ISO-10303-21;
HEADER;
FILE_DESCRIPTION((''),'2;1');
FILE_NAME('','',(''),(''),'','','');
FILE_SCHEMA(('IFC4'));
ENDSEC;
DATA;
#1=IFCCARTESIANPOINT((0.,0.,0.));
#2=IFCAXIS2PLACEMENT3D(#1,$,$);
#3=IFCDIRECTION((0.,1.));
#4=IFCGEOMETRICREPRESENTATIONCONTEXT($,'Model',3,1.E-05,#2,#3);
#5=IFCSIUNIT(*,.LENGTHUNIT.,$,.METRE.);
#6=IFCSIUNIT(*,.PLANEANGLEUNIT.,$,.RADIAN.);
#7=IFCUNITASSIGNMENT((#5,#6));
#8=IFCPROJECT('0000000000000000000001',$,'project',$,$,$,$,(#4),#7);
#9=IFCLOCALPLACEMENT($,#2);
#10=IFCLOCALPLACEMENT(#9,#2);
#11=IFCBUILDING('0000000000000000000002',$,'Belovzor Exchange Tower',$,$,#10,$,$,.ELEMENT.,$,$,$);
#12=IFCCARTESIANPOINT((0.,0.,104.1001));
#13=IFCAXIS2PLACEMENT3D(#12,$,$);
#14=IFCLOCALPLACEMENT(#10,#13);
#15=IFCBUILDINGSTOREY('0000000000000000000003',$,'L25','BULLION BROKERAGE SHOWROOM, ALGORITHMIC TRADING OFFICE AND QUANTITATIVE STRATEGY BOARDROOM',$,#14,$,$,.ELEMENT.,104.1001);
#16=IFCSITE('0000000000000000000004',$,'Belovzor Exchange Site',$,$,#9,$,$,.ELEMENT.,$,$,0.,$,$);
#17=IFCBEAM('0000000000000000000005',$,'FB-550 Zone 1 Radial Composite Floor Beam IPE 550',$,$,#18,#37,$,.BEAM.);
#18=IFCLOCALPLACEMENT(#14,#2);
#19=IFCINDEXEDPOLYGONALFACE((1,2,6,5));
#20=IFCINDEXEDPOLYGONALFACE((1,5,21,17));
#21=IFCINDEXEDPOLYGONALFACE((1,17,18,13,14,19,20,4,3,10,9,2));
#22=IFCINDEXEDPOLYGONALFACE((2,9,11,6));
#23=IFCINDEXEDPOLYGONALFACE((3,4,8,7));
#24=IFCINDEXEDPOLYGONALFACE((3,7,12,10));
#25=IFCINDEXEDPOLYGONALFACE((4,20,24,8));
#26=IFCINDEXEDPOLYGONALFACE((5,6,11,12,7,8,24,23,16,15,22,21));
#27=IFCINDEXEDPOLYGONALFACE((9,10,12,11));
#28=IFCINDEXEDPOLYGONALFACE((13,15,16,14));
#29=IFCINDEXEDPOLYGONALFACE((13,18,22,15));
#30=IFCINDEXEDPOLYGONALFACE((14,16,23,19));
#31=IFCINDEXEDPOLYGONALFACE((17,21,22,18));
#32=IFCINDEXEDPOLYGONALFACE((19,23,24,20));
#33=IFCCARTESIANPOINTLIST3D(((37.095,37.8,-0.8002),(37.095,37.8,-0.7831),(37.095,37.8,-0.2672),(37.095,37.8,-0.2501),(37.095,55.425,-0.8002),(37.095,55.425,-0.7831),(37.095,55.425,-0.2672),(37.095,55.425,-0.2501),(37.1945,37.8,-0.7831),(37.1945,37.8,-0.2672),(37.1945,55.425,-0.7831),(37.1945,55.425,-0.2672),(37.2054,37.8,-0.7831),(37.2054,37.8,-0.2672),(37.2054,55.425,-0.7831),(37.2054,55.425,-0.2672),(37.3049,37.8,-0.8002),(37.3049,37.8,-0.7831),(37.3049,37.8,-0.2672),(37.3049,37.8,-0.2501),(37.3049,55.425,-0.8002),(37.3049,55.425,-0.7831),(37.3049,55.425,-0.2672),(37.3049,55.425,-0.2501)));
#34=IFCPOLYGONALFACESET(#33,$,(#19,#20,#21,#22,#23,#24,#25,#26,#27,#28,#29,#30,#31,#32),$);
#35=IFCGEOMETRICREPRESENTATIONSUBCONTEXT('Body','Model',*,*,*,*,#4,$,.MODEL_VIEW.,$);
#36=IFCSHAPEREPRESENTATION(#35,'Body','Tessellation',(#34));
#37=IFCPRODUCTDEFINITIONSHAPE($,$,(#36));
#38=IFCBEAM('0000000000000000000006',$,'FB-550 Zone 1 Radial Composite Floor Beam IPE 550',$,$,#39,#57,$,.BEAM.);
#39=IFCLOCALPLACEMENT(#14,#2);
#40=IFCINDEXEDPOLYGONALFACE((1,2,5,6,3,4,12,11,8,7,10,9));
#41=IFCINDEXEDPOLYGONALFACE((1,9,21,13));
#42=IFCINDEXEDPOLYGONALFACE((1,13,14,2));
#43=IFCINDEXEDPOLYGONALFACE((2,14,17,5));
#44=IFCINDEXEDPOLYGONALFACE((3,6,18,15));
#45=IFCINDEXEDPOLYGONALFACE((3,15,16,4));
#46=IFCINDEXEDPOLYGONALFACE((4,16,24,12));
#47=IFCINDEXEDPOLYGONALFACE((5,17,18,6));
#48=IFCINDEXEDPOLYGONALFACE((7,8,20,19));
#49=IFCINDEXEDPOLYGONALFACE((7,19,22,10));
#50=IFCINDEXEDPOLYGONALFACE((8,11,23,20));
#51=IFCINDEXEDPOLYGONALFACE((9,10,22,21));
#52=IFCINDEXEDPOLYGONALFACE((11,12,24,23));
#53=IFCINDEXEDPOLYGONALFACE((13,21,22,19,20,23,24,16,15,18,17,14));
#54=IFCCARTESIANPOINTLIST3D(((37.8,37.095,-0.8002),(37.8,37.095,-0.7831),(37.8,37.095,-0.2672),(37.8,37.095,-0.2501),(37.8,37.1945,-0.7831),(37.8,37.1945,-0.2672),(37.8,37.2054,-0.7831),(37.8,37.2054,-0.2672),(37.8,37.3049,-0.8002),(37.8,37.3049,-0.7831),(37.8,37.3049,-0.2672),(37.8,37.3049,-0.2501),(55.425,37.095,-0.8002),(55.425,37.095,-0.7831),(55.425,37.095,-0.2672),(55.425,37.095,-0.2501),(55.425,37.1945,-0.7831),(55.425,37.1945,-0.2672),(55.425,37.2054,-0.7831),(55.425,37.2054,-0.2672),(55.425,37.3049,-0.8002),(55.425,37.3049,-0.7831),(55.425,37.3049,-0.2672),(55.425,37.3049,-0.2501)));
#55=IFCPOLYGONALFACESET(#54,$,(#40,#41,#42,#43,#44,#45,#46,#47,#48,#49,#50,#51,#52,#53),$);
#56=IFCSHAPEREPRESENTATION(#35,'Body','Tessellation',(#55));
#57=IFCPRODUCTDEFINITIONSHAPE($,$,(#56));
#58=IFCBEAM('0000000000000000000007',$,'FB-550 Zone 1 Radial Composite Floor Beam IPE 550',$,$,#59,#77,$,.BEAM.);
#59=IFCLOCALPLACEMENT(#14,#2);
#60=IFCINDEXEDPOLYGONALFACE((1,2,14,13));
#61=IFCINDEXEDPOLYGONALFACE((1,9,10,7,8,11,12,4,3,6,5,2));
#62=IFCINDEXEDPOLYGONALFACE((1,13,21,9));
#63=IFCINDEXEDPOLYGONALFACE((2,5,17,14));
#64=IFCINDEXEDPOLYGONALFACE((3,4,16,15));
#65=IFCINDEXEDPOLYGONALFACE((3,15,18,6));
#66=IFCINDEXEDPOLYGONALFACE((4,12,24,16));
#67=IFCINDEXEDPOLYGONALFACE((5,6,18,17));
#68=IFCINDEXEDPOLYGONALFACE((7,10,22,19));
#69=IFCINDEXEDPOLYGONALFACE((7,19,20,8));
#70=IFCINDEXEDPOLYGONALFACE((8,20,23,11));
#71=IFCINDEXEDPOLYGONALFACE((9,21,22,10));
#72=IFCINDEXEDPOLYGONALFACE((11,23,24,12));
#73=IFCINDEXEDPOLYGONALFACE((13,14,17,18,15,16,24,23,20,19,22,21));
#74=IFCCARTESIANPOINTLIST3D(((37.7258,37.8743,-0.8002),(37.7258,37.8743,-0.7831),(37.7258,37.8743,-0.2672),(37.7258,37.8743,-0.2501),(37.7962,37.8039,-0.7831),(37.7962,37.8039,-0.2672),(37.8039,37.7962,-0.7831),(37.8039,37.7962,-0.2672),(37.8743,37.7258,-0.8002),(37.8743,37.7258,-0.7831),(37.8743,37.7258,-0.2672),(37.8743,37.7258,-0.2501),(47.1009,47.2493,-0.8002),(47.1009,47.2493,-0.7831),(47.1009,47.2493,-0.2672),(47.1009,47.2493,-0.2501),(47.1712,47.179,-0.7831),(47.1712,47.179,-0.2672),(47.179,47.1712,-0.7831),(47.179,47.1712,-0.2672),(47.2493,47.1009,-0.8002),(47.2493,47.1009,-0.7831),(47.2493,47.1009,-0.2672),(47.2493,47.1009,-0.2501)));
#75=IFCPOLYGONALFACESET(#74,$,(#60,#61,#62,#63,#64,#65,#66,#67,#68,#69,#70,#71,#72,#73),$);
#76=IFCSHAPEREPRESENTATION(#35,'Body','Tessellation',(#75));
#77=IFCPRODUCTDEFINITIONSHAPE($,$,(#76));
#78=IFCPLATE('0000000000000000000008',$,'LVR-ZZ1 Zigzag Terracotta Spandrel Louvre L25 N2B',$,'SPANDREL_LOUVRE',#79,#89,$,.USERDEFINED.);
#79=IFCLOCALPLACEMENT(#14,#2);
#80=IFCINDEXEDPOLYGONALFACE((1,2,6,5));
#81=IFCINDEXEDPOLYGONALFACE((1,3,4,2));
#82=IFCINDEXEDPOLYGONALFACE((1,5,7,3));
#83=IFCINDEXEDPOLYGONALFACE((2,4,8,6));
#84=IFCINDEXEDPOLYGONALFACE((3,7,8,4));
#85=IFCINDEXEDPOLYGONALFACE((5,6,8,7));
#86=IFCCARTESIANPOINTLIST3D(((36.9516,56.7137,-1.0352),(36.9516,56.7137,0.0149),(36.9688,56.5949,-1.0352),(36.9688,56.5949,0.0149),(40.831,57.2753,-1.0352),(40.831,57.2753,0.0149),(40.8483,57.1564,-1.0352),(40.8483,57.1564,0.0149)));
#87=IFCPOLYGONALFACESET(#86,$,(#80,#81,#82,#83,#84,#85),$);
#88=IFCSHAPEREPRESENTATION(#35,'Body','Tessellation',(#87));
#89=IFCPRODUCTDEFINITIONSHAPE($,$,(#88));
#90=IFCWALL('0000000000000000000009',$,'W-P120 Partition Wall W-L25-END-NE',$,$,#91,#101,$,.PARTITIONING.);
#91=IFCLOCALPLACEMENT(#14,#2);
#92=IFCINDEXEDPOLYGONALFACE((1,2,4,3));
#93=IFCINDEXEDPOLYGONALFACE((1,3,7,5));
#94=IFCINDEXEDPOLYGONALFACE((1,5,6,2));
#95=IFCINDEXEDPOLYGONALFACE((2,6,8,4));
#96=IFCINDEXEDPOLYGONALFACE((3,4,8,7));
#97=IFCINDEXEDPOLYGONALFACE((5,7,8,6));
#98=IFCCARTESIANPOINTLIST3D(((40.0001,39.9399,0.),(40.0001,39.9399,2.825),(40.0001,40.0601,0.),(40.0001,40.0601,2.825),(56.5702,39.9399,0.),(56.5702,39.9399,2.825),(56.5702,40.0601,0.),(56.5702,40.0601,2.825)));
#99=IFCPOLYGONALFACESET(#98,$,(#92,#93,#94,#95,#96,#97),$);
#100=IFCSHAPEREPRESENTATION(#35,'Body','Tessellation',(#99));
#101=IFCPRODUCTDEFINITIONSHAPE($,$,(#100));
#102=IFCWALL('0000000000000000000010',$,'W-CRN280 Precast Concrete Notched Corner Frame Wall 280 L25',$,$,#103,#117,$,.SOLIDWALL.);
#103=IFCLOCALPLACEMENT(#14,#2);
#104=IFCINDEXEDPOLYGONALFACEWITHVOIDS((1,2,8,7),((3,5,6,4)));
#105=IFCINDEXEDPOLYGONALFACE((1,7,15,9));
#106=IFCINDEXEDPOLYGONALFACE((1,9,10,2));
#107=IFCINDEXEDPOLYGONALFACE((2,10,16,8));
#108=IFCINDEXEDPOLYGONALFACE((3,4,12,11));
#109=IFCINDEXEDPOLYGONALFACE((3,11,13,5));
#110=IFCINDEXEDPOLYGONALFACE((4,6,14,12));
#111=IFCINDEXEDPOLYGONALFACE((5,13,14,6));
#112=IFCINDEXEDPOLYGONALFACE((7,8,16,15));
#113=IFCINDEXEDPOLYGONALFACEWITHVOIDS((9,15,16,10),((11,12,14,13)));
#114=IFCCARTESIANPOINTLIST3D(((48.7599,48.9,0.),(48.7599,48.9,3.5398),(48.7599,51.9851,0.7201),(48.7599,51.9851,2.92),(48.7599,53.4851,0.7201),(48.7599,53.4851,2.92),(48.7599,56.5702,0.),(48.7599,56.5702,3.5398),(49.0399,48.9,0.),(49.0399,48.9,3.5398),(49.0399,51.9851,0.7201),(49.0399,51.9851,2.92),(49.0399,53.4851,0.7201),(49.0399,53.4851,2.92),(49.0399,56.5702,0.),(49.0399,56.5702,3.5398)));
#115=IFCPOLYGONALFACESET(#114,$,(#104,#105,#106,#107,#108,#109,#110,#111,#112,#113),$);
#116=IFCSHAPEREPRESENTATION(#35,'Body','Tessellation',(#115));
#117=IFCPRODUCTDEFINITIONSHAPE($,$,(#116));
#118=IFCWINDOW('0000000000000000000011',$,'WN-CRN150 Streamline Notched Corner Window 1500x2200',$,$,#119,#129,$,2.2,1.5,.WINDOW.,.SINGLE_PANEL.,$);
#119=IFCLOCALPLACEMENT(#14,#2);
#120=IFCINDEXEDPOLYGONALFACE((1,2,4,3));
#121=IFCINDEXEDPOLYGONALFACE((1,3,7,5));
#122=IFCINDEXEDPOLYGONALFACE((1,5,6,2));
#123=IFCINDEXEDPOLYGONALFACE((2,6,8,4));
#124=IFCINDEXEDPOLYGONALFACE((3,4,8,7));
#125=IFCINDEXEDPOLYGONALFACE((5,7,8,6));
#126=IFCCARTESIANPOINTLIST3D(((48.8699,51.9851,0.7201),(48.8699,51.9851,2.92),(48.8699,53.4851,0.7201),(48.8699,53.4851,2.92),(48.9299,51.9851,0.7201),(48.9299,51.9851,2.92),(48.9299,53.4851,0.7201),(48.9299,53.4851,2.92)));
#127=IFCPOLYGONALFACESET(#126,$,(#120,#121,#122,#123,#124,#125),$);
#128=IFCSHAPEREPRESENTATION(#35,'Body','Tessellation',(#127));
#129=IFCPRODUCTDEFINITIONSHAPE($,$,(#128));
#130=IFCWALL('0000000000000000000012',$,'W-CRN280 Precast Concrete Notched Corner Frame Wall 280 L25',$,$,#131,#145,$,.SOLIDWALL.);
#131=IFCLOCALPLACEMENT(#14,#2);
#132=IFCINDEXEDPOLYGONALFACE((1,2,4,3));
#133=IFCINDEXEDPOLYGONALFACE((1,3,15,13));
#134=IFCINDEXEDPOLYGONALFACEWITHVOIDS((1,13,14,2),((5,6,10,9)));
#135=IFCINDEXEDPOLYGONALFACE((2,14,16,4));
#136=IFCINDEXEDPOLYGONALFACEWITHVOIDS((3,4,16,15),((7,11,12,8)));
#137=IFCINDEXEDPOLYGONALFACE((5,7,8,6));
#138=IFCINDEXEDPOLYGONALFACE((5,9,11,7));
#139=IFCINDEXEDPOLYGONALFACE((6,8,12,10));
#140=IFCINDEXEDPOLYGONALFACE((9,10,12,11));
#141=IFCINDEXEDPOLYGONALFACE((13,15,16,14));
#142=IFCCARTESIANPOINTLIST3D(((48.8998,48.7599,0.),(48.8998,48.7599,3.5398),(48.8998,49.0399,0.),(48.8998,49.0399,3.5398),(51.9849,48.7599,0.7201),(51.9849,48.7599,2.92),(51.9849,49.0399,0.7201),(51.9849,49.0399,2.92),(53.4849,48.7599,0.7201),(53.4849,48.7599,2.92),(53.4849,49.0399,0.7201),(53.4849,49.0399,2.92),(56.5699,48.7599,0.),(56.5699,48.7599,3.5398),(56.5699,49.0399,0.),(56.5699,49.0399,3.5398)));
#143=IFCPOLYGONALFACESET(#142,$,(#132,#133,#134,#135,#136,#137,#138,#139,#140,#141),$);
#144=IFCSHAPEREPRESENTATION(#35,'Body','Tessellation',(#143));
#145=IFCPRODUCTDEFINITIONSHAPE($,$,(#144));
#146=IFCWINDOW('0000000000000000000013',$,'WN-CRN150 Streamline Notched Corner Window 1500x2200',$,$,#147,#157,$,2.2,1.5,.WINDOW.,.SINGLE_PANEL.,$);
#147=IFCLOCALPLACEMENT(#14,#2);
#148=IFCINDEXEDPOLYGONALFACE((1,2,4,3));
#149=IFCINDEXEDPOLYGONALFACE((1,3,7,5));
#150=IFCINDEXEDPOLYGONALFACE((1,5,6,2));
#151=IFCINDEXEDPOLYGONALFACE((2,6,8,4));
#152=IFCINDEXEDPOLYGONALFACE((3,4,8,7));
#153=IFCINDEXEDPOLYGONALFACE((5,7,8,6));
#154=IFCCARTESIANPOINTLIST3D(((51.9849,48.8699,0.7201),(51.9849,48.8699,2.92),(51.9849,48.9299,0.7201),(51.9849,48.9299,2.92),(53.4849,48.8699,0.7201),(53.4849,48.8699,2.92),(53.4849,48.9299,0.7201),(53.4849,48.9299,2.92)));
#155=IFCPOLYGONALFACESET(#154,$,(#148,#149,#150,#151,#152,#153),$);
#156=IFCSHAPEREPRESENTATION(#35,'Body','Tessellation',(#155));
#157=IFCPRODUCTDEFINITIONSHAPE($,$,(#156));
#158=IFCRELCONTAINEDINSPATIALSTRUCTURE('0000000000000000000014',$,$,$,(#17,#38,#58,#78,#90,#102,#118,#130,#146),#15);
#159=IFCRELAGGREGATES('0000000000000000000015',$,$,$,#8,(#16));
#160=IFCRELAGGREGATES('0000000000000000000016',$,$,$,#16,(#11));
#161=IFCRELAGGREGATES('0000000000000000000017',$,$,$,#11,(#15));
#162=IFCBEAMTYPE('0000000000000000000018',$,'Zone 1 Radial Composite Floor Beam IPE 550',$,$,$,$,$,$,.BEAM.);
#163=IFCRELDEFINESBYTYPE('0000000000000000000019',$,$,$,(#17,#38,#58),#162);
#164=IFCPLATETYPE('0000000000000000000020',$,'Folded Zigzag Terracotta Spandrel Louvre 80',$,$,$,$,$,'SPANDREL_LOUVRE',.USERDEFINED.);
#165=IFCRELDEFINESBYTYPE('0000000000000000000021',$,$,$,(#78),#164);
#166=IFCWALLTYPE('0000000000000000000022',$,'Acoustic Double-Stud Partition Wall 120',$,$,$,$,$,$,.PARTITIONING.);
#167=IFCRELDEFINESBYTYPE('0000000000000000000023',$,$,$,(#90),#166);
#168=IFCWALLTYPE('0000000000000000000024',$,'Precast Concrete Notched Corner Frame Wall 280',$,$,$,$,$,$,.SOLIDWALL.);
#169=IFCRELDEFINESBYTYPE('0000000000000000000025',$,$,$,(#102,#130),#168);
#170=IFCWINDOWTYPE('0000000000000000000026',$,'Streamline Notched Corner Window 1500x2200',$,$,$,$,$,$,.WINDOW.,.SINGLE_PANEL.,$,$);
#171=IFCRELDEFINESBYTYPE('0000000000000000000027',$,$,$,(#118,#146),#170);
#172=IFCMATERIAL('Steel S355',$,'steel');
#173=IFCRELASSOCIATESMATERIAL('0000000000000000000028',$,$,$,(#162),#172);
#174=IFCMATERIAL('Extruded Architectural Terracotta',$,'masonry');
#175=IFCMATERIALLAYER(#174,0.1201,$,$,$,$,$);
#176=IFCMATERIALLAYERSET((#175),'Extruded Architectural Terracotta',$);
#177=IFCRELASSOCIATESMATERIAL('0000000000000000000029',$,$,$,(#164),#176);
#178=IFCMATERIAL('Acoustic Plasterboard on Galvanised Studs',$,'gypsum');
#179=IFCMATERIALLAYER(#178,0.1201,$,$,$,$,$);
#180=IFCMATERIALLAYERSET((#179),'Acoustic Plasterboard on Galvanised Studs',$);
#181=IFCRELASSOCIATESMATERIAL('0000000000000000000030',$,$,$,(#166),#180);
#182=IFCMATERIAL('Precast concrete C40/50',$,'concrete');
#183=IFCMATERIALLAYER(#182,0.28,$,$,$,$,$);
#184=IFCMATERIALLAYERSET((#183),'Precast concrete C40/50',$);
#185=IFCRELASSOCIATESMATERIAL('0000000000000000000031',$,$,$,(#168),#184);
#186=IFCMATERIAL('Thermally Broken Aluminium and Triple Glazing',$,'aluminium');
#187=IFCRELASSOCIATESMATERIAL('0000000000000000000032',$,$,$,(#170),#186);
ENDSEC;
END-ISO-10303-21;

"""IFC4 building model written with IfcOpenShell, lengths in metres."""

from ifc_helpers import new_model, si_unit, direction, frame, frame_2d, origin, origin_2d, place, context, subcontext, project, spatial, rectangle, i_section, extrude, material, layer, layer_set, material_profile, profile_set, type_object, element, fill, save


model = new_model("IFC4")

# Units and contexts
model_context = context("Model", 3, precision=1e-05, world=origin(), true_north=direction((0.0, 1.0)))
body_context = subcontext(model_context, "Body", "Model", "MODEL_VIEW")
ifc_project = project(units=[si_unit("LENGTHUNIT", "METRE"), si_unit("PLANEANGLEUNIT", "RADIAN")], contexts=[model_context])

# Site, building, storey
site_placement = place(None, origin())
site = spatial("IfcSite", under=ifc_project, at=site_placement, Name="Belovzor Exchange Site", CompositionType="ELEMENT", RefElevation=0.0)
building_placement = place(site_placement, origin())
building = spatial("IfcBuilding", under=site, at=building_placement, Name="Belovzor Exchange Tower", CompositionType="ELEMENT")
storey_placement = place(building_placement, frame((0.0, 0.0, 104.1001)))
storey = spatial("IfcBuildingStorey", under=building, at=storey_placement, Name="L25", Description="BULLION BROKERAGE SHOWROOM, ALGORITHMIC TRADING OFFICE AND QUANTITATIVE STRATEGY BOARDROOM", CompositionType="ELEMENT", Elevation=104.1001)

# Beams
ifc_material_1 = material(Name="Steel S355", Category="steel")
ifc_material_profile_1 = material_profile(ifc_material_1, i_section(OverallWidth=0.21, OverallDepth=0.55, WebThickness=0.011, FlangeThickness=0.0171, at=origin_2d()))
ifc_profile_set_1 = profile_set([ifc_material_profile_1], Name="Steel S355")
beam_type_1 = type_object("IfcBeamType", Name="Zone 1 Radial Composite Floor Beam IPE 550", PredefinedType="BEAM", material=ifc_profile_set_1)
for number, where, z_axis, x_axis, name in (
    (1, (37.2, 37.8, -0.5251), (0.0, 1.0, 0.0), (-1.0, 0.0, 0.0), "FB-550 Zone 1 Radial Composite Floor Beam IPE 550"),
    (2, (37.8, 37.2, -0.5251), (1.0, 0.0, 0.0), (0.0, 1.0, 0.0), "FB-550 Zone 1 Radial Composite Floor Beam IPE 550"),
):
    element("IfcBeam", number, at=place(storey_placement, frame(where, z_axis=z_axis, x_axis=x_axis)), inside=storey, type_object=beam_type_1, Name=name, PredefinedType="BEAM", context=body_context, shape_type="SweptSolid", body=[
        extrude(i_section(OverallWidth=0.21, OverallDepth=0.55, WebThickness=0.011, FlangeThickness=0.0171, at=origin_2d()), origin(), (0.0, 0.0, 1.0), 17.625),
    ])
beam_1_placement = place(storey_placement, frame((37.8, 37.8, -0.5251), z_axis=(0.707107, 0.707107, 0.0), x_axis=(-0.707107, 0.707107, 0.0)))
element("IfcBeam", 3, at=beam_1_placement, inside=storey, type_object=beam_type_1, Name="FB-550 Zone 1 Radial Composite Floor Beam IPE 550", PredefinedType="BEAM", context=body_context, shape_type="SweptSolid", body=[
    extrude(i_section(OverallWidth=0.21, OverallDepth=0.55, WebThickness=0.011, FlangeThickness=0.0171, at=origin_2d()), origin(), (0.0, 0.0, 1.0), 13.2583),
])

# Plate
ifc_material_2 = material(Name="Extruded Architectural Terracotta", Category="masonry")
ifc_layer_1 = layer(ifc_material_2, 0.1201)
ifc_layer_set_1 = layer_set([ifc_layer_1], Name="Extruded Architectural Terracotta")
plate_type = type_object("IfcPlateType", Name="Folded Zigzag Terracotta Spandrel Louvre 80", ElementType="SPANDREL_LOUVRE", PredefinedType="USERDEFINED", material=ifc_layer_set_1)
plate_placement = place(storey_placement, frame((38.8999, 56.9351, -1.0352), z_axis=(0.0, 0.0, 1.0), x_axis=(0.989686, 0.143251, 0.0)))
element("IfcPlate", 4, at=plate_placement, inside=storey, type_object=plate_type, Name="LVR-ZZ1 Zigzag Terracotta Spandrel Louvre L25 N2B", ObjectType="SPANDREL_LOUVRE", PredefinedType="USERDEFINED", context=body_context, shape_type="SweptSolid", body=[
    extrude(rectangle(XDim=3.9199, YDim=0.1201, at=origin_2d()), origin(), (0.0, 0.0, 1.0), 1.05),
])

# Wall
ifc_material_3 = material(Name="Acoustic Plasterboard on Galvanised Studs", Category="gypsum")
ifc_layer_2 = layer(ifc_material_3, 0.1201)
ifc_layer_set_2 = layer_set([ifc_layer_2], Name="Acoustic Plasterboard on Galvanised Studs")
wall_type_1 = type_object("IfcWallType", Name="Acoustic Double-Stud Partition Wall 120", PredefinedType="PARTITIONING", material=ifc_layer_set_2)
wall_1_placement = place(storey_placement, frame((40.0, 40.0, 0.0), z_axis=(0.0, 0.0, 1.0), x_axis=(1.0, 0.0, 0.0)))
element("IfcWall", 5, at=wall_1_placement, inside=storey, type_object=wall_type_1, Name="W-P120 Partition Wall W-L25-END-NE", PredefinedType="PARTITIONING", context=body_context, shape_type="SweptSolid", body=[
    extrude(rectangle(XDim=16.5701, YDim=0.1201, at=frame_2d((8.2852, 0.0))), origin(), (0.0, 0.0, 1.0), 2.825),
])

# Walls, openings, windows
ifc_material_4 = material(Name="Precast concrete C40/50", Category="concrete")
ifc_layer_3 = layer(ifc_material_4, 0.28)
ifc_layer_set_3 = layer_set([ifc_layer_3], Name="Precast concrete C40/50")
wall_type_2 = type_object("IfcWallType", Name="Precast Concrete Notched Corner Frame Wall 280", PredefinedType="SOLIDWALL", material=ifc_layer_set_3)
wall_2_placement = place(storey_placement, frame((48.8999, 56.5701, 0.0), z_axis=(0.0, 0.0, 1.0), x_axis=(0.0, -1.0, 0.0)))
wall_2 = element("IfcWall", 6, at=wall_2_placement, inside=storey, type_object=wall_type_2, Name="W-CRN280 Precast Concrete Notched Corner Frame Wall 280 L25", PredefinedType="SOLIDWALL", context=body_context, shape_type="SweptSolid", body=[
    extrude(rectangle(XDim=7.6702, YDim=0.28, at=frame_2d((3.835, 0.0))), origin(), (0.0, 0.0, 1.0), 3.5398),
])
opening_1_placement = place(wall_2_placement, frame((3.085, 0.0, 0.72)))
opening_1 = element("IfcOpeningElement", 7, at=opening_1_placement, cuts=wall_2, PredefinedType="OPENING", context=body_context, shape_type="SweptSolid", body=[
    extrude(rectangle(XDim=1.5, YDim=2.2, at=frame_2d((0.75, 1.1001))), frame((0.0, 0.1499, 0.0), z_axis=(0.0, -1.0, 0.0), x_axis=(1.0, 0.0, 0.0)), (0.0, 0.0, 1.0), 0.3),
])
ifc_material_5 = material(Name="Thermally Broken Aluminium and Triple Glazing", Category="aluminium")
window_type = type_object("IfcWindowType", Name="Streamline Notched Corner Window 1500x2200", PartitioningType="SINGLE_PANEL", PredefinedType="WINDOW", material=ifc_material_5)
window_1_placement = place(opening_1_placement, origin())
window_1 = element("IfcWindow", 8, at=window_1_placement, inside=storey, type_object=window_type, Name="WN-CRN150 Streamline Notched Corner Window 1500x2200", OverallHeight=2.2, OverallWidth=1.5, PartitioningType="SINGLE_PANEL", PredefinedType="WINDOW", context=body_context, shape_type="SweptSolid", body=[
    extrude(rectangle(XDim=1.5, YDim=2.2, at=frame_2d((0.75, 1.1001))), frame((0.0, 0.03, 0.0), z_axis=(0.0, -1.0, 0.0), x_axis=(1.0, 0.0, 0.0)), (0.0, 0.0, 1.0), 0.0601),
])
fill(opening_1, window_1)
wall_3_placement = place(storey_placement, frame((48.8999, 48.8999, 0.0), z_axis=(0.0, 0.0, 1.0), x_axis=(1.0, 0.0, 0.0)))
wall_3 = element("IfcWall", 9, at=wall_3_placement, inside=storey, type_object=wall_type_2, Name="W-CRN280 Precast Concrete Notched Corner Frame Wall 280 L25", PredefinedType="SOLIDWALL", context=body_context, shape_type="SweptSolid", body=[
    extrude(rectangle(XDim=7.6702, YDim=0.28, at=frame_2d((3.835, 0.0))), origin(), (0.0, 0.0, 1.0), 3.5398),
])
opening_2_placement = place(wall_3_placement, frame((3.085, 0.0, 0.72)))
opening_2 = element("IfcOpeningElement", 10, at=opening_2_placement, cuts=wall_3, PredefinedType="OPENING", context=body_context, shape_type="SweptSolid", body=[
    extrude(rectangle(XDim=1.5, YDim=2.2, at=frame_2d((0.75, 1.1001))), frame((0.0, 0.1499, 0.0), z_axis=(0.0, -1.0, 0.0), x_axis=(1.0, 0.0, 0.0)), (0.0, 0.0, 1.0), 0.3),
])
window_2_placement = place(opening_2_placement, origin())
window_2 = element("IfcWindow", 11, at=window_2_placement, inside=storey, type_object=window_type, Name="WN-CRN150 Streamline Notched Corner Window 1500x2200", OverallHeight=2.2, OverallWidth=1.5, PartitioningType="SINGLE_PANEL", PredefinedType="WINDOW", context=body_context, shape_type="SweptSolid", body=[
    extrude(rectangle(XDim=1.5, YDim=2.2, at=frame_2d((0.75, 1.1001))), frame((0.0, 0.03, 0.0), z_axis=(0.0, -1.0, 0.0), x_axis=(1.0, 0.0, 0.0)), (0.0, 0.0, 1.0), 0.0601),
])
fill(opening_2, window_2)

save(model, "model.ifc")
